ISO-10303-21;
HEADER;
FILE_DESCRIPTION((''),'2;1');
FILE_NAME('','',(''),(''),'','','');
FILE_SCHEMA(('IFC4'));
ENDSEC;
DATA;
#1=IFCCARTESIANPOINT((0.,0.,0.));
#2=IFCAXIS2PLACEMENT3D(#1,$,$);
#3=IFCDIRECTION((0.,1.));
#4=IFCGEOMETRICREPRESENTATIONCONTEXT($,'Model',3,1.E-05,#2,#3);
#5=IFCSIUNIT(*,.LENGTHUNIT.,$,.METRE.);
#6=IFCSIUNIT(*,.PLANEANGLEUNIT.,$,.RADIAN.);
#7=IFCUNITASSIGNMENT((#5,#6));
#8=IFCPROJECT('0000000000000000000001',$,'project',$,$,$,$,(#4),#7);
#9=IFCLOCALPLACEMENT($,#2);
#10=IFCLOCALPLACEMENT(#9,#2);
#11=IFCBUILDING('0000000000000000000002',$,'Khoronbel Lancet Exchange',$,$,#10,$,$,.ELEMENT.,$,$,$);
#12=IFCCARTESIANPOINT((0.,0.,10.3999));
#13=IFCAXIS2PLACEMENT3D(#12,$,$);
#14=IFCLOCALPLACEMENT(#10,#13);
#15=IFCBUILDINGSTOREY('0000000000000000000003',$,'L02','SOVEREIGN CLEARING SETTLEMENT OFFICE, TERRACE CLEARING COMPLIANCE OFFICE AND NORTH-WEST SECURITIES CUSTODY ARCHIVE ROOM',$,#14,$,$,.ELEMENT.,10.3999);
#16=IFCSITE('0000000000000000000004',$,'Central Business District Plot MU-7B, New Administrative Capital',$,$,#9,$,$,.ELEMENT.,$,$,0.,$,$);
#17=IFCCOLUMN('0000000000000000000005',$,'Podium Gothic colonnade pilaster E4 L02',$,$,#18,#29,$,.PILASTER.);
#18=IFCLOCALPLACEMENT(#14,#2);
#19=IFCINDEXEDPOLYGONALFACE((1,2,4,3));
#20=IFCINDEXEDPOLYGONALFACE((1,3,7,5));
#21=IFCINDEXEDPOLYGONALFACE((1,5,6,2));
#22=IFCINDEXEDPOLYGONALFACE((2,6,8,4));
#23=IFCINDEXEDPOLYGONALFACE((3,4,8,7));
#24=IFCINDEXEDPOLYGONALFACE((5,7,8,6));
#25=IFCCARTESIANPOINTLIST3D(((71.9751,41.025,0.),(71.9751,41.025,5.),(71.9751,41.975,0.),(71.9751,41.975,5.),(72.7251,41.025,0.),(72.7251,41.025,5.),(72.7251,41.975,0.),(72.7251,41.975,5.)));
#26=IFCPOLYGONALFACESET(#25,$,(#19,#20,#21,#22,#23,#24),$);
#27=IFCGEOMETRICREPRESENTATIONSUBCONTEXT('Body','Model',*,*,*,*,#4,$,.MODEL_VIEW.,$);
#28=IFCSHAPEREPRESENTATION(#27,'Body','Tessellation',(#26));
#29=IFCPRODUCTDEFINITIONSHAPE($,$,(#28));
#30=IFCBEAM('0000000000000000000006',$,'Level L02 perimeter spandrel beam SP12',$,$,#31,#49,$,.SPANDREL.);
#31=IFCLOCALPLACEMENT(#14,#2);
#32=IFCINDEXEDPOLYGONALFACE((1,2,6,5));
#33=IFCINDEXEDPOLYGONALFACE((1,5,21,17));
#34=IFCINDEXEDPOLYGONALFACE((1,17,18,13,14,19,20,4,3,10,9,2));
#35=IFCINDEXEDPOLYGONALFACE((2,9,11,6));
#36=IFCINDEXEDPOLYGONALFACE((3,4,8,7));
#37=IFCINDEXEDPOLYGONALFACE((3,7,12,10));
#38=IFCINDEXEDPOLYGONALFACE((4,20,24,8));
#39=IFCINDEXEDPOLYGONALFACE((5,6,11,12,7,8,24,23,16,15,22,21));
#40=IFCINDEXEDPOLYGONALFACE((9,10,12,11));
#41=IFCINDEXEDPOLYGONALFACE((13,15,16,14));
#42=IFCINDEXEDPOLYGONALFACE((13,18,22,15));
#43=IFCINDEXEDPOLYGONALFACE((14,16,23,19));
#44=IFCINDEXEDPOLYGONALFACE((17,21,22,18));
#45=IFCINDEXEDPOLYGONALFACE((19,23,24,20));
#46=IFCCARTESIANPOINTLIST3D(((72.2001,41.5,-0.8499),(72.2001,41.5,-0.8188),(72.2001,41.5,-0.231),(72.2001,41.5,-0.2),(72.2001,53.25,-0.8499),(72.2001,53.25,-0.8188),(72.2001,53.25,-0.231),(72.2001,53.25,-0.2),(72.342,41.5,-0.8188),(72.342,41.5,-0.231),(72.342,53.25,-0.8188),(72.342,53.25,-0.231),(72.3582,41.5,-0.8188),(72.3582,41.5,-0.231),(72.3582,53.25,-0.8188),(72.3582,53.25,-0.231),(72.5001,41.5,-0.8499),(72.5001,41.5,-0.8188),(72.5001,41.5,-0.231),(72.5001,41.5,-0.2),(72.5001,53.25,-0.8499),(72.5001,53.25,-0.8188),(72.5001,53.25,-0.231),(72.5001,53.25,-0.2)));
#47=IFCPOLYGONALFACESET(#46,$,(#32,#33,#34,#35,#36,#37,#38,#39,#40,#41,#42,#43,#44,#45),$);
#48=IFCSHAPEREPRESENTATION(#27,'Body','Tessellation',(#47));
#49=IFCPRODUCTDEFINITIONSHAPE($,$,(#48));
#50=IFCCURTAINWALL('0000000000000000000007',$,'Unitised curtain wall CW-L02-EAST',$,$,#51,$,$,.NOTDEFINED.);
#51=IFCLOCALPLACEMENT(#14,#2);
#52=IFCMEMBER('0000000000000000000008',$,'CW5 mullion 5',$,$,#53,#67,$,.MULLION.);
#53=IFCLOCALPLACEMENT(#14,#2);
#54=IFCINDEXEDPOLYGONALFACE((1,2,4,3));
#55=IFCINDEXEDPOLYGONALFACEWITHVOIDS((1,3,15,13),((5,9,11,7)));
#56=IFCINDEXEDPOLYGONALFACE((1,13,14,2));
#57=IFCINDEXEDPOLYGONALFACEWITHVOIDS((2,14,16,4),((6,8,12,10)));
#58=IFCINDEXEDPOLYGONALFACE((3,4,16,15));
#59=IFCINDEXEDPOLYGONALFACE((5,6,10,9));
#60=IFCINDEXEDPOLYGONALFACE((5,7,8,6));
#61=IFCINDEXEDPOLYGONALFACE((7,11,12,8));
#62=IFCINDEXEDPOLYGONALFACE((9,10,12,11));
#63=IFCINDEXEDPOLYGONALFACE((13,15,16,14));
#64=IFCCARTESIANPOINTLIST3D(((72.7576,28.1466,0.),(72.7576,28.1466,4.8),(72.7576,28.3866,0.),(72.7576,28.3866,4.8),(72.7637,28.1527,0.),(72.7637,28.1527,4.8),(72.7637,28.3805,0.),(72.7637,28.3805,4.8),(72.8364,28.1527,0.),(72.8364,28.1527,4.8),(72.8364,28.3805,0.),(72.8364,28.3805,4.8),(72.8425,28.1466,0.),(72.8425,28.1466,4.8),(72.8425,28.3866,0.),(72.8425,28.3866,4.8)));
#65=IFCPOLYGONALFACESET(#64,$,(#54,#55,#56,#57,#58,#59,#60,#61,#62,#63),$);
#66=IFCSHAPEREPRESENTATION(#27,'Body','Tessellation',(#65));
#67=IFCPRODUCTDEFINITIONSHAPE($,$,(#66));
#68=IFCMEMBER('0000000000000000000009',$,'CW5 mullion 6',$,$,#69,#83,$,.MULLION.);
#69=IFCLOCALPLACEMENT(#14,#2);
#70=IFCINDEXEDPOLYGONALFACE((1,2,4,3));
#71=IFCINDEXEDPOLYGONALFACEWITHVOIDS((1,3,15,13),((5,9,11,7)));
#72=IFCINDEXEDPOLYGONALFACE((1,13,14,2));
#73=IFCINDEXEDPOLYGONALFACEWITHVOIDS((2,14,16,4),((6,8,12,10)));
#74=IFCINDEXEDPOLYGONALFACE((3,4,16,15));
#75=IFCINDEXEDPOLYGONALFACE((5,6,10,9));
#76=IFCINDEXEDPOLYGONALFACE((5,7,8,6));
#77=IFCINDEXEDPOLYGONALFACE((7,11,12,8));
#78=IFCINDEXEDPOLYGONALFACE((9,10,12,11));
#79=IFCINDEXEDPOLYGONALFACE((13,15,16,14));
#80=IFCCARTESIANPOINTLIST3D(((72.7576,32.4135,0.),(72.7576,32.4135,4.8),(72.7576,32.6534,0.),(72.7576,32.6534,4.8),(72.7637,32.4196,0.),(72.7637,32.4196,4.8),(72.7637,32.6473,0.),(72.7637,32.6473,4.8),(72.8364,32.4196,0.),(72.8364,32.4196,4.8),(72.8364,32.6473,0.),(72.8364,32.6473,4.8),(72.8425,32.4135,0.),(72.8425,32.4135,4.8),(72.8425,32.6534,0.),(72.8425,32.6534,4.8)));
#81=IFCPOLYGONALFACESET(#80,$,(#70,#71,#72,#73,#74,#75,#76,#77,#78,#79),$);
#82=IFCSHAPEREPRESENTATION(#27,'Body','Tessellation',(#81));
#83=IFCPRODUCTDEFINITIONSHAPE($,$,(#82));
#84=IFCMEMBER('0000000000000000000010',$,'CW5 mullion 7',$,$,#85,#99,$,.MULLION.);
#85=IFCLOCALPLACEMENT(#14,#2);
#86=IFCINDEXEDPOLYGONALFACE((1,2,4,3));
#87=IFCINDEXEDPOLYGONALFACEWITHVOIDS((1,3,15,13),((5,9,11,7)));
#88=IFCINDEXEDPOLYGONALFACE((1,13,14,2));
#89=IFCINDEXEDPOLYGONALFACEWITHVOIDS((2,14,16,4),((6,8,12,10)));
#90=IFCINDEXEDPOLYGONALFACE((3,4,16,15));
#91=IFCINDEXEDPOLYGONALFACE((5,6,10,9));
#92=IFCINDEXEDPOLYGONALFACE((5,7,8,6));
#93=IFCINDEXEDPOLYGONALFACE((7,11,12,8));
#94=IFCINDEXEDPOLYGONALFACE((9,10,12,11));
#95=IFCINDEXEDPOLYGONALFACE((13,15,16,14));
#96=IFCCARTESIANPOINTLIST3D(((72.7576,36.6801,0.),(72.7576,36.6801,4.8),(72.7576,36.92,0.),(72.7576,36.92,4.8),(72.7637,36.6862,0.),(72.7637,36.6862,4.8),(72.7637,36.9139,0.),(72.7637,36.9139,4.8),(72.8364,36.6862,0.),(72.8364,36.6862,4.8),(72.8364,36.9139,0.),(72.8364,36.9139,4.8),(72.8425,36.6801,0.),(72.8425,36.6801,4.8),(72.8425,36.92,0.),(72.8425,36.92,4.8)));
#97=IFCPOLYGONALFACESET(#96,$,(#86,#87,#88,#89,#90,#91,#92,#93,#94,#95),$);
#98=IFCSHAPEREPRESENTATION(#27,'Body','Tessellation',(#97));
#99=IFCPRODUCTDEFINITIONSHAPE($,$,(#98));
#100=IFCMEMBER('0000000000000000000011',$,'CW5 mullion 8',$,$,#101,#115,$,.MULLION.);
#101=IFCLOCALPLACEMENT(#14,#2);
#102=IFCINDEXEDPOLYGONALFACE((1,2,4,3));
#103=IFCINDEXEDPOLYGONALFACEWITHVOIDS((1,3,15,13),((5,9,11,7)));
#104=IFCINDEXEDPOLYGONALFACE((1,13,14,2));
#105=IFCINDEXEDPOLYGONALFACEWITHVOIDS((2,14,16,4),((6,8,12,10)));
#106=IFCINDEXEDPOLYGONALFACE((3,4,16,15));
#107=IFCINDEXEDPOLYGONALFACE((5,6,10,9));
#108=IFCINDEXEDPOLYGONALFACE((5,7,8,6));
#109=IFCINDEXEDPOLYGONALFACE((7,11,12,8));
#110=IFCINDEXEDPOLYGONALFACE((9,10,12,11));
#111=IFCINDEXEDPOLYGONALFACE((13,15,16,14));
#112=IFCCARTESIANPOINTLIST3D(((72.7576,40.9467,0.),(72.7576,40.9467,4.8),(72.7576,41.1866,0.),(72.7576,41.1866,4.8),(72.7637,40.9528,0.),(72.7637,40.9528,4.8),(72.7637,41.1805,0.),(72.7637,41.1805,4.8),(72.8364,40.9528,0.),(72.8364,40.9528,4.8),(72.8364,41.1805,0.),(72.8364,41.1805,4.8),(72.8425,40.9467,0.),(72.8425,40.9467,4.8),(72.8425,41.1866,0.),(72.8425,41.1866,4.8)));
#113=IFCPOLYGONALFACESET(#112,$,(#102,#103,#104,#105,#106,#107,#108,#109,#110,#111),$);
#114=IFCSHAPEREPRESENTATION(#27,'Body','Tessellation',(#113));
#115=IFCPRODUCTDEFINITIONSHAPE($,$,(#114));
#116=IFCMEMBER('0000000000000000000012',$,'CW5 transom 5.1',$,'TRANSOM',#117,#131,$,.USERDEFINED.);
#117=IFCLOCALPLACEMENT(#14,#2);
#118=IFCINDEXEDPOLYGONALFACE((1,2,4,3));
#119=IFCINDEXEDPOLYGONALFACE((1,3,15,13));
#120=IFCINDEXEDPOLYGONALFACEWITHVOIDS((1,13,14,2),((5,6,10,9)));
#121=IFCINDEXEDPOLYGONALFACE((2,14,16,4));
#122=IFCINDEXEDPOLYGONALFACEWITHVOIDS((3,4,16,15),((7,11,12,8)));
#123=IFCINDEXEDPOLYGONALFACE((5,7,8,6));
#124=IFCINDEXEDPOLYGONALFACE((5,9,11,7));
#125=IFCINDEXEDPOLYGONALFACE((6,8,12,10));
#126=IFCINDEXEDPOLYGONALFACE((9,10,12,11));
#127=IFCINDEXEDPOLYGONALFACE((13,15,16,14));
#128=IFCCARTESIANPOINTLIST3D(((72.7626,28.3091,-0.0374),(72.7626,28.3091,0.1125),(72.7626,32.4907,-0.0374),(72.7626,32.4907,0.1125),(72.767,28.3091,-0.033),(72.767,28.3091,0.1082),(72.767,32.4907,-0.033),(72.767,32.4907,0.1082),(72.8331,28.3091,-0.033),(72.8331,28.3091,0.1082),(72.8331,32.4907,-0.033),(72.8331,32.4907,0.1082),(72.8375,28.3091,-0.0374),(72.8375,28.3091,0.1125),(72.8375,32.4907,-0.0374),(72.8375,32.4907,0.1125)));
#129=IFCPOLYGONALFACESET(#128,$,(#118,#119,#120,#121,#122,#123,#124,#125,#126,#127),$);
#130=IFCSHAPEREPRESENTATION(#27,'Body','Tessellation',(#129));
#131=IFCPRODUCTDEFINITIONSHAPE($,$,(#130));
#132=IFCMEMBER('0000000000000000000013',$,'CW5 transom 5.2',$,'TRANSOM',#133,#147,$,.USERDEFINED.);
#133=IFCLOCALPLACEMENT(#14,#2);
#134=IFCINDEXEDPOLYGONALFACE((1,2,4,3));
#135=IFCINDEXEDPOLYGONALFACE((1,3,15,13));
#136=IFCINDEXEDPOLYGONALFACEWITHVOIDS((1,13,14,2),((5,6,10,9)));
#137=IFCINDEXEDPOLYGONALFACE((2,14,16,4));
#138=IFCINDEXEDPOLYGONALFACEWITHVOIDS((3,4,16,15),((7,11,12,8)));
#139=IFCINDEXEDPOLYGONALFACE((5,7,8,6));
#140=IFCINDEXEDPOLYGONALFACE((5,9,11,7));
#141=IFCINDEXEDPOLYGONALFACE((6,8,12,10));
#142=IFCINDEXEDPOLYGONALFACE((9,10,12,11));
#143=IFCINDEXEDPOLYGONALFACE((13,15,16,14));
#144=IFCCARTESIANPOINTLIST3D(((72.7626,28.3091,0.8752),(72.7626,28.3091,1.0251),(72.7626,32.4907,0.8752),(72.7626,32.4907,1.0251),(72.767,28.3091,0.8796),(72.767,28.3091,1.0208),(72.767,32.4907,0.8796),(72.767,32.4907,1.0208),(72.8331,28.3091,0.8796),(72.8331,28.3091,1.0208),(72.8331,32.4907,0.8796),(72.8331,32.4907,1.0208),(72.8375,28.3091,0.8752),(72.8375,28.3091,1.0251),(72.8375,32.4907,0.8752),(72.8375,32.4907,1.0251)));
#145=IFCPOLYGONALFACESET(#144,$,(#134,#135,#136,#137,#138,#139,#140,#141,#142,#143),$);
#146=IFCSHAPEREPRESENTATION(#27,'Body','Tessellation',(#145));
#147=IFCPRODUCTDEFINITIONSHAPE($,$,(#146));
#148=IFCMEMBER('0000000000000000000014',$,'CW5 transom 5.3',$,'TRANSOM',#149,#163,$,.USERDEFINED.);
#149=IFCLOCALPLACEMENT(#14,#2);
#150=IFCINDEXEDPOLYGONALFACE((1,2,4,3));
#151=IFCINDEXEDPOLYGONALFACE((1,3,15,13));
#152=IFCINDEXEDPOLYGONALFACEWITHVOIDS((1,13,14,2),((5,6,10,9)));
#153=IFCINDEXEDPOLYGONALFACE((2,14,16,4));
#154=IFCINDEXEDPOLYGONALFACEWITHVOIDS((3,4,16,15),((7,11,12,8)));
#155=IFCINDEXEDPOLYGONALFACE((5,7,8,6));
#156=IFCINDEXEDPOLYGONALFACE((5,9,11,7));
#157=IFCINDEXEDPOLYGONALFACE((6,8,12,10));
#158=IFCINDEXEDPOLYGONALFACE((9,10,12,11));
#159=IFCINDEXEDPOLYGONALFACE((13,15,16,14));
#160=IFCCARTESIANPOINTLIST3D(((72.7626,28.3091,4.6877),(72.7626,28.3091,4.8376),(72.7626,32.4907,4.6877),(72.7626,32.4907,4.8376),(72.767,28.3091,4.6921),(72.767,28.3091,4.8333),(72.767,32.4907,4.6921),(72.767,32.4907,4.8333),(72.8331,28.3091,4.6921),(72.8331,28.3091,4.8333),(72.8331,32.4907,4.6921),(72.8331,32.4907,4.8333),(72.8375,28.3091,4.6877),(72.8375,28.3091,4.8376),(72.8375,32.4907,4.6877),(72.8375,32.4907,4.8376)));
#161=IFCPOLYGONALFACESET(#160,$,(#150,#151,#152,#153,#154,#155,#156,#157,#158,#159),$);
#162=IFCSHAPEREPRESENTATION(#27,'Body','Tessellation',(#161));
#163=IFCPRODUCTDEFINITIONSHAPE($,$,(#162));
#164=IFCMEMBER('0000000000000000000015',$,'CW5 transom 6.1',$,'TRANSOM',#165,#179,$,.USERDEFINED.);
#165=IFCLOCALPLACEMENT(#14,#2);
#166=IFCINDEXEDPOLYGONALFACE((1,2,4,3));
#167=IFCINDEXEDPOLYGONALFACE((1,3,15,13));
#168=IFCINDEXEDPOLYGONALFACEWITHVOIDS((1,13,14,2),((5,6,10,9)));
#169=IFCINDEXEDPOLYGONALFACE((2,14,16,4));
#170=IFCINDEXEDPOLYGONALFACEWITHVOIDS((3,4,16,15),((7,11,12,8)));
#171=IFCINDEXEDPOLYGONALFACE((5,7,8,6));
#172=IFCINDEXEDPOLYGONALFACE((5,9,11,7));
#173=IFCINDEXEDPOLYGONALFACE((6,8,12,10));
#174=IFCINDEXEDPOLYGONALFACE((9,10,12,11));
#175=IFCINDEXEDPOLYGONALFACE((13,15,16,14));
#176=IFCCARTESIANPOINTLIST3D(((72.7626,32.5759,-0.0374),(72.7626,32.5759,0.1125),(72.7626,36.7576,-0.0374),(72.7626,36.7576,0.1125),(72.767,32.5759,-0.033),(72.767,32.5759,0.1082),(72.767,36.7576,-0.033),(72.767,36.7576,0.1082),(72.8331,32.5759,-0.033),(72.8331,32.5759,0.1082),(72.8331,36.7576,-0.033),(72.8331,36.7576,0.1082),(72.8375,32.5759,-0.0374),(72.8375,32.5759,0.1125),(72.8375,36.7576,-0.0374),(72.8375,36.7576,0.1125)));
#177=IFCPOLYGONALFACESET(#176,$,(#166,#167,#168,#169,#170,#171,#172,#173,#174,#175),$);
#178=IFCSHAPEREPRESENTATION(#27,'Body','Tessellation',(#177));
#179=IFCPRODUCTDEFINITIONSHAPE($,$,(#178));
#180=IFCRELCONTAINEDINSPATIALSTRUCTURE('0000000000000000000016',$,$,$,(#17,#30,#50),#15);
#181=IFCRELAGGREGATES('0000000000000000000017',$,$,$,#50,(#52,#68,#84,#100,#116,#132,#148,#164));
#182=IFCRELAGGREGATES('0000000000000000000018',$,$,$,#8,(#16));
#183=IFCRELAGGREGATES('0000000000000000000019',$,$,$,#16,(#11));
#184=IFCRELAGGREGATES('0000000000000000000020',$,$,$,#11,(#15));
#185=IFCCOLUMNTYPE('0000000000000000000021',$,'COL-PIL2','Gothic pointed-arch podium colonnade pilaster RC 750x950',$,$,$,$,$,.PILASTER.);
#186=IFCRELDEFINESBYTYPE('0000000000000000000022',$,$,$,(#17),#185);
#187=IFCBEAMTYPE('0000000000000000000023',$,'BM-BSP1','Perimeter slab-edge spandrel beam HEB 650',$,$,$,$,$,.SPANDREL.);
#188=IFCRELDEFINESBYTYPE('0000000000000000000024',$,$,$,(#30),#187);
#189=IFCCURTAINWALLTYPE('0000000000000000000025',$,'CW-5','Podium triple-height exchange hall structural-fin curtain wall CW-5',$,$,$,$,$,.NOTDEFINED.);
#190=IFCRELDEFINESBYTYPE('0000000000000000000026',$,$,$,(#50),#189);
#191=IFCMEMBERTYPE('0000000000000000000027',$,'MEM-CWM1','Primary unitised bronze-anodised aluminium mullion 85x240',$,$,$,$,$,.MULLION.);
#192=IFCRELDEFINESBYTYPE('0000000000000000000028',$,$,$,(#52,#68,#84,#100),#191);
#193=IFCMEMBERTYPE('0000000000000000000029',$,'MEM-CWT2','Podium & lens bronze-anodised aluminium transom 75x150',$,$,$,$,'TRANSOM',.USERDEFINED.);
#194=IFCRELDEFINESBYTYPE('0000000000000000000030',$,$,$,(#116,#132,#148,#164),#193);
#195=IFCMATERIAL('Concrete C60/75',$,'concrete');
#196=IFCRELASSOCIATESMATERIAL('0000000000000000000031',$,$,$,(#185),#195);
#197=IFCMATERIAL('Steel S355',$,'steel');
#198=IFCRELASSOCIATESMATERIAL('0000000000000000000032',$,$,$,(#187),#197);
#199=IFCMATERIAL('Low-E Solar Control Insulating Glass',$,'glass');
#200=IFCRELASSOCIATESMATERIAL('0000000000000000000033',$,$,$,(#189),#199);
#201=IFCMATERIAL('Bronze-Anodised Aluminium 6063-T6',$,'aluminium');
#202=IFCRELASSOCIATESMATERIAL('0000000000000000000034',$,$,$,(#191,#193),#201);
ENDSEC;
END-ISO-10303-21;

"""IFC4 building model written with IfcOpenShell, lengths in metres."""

from ifc_helpers import new_model, si_unit, direction, frame, origin, origin_2d, place, context, subcontext, project, spatial, rectangle, hollow_rectangle, i_section, extrude, material, material_profile, profile_set, type_object, element, aggregate, save


model = new_model("IFC4")

# Units and contexts
model_context = context("Model", 3, precision=1e-05, world=origin(), true_north=direction((0.0, 1.0)))
body_context = subcontext(model_context, "Body", "Model", "MODEL_VIEW")
ifc_project = project(units=[si_unit("LENGTHUNIT", "METRE"), si_unit("PLANEANGLEUNIT", "RADIAN")], contexts=[model_context])

# Site, building, storey
site_placement = place(None, origin())
site = spatial("IfcSite", under=ifc_project, at=site_placement, Name="Central Business District Plot MU-7B, New Administrative Capital", CompositionType="ELEMENT", RefElevation=0.0)
building_placement = place(site_placement, origin())
building = spatial("IfcBuilding", under=site, at=building_placement, Name="Khoronbel Lancet Exchange", CompositionType="ELEMENT")
storey_placement = place(building_placement, frame((0.0, 0.0, 10.3999)))
storey = spatial("IfcBuildingStorey", under=building, at=storey_placement, Name="L02", Description="SOVEREIGN CLEARING SETTLEMENT OFFICE, TERRACE CLEARING COMPLIANCE OFFICE AND NORTH-WEST SECURITIES CUSTODY ARCHIVE ROOM", CompositionType="ELEMENT", Elevation=10.3999)

# Column
ifc_material_1 = material(Name="Concrete C60/75", Category="concrete")
ifc_material_profile_1 = material_profile(ifc_material_1, rectangle(XDim=0.75, YDim=0.95, at=origin_2d()), Name="RC 750x950")
ifc_profile_set_1 = profile_set([ifc_material_profile_1], Name="Concrete C60/75")
column_type = type_object("IfcColumnType", Name="COL-PIL2", Description="Gothic pointed-arch podium colonnade pilaster RC 750x950", PredefinedType="PILASTER", material=ifc_profile_set_1)
column_placement = place(storey_placement, frame((72.3501, 41.5, 0.0), z_axis=(0.0, 0.0, 1.0), x_axis=(1.0, 0.0, 0.0)))
element("IfcColumn", 1, at=column_placement, inside=storey, type_object=column_type, Name="Podium Gothic colonnade pilaster E4 L02", PredefinedType="PILASTER", context=body_context, shape_type="SweptSolid", body=[
    extrude(rectangle(XDim=0.75, YDim=0.95, at=origin_2d()), origin(), (0.0, 0.0, 1.0), 5.0),
])

# Beam
ifc_material_2 = material(Name="Steel S355", Category="steel")
ifc_material_profile_2 = material_profile(ifc_material_2, i_section(OverallWidth=0.3, OverallDepth=0.6499, WebThickness=0.0161, FlangeThickness=0.031, at=origin_2d()), Name="HEB 650")
ifc_profile_set_2 = profile_set([ifc_material_profile_2], Name="Steel S355")
beam_type = type_object("IfcBeamType", Name="BM-BSP1", Description="Perimeter slab-edge spandrel beam HEB 650", PredefinedType="SPANDREL", material=ifc_profile_set_2)
beam_placement = place(storey_placement, frame((72.3501, 41.5, -0.5249), z_axis=(0.0, 1.0, 0.0), x_axis=(-1.0, 0.0, 0.0)))
element("IfcBeam", 2, at=beam_placement, inside=storey, type_object=beam_type, Name="Level L02 perimeter spandrel beam SP12", PredefinedType="SPANDREL", context=body_context, shape_type="SweptSolid", body=[
    extrude(i_section(OverallWidth=0.3, OverallDepth=0.6499, WebThickness=0.0161, FlangeThickness=0.031, at=origin_2d()), origin(), (0.0, 0.0, 1.0), 11.75),
])

# Curtain wall, members
ifc_material_3 = material(Name="Low-E Solar Control Insulating Glass", Category="glass")
curtain_wall_type = type_object("IfcCurtainWallType", Name="CW-5", Description="Podium triple-height exchange hall structural-fin curtain wall CW-5", PredefinedType="NOTDEFINED", material=ifc_material_3)
curtain_wall_placement = place(storey_placement, origin())
curtain_wall = element("IfcCurtainWall", 3, at=curtain_wall_placement, inside=storey, type_object=curtain_wall_type, Name="Unitised curtain wall CW-L02-EAST", PredefinedType="NOTDEFINED")
ifc_material_4 = material(Name="Bronze-Anodised Aluminium 6063-T6", Category="aluminium")
ifc_material_profile_3 = material_profile(ifc_material_4, hollow_rectangle(XDim=0.085, YDim=0.24, WallThickness=0.0061, at=origin_2d()), Name="ALU MULLION 85x240")
ifc_profile_set_3 = profile_set([ifc_material_profile_3], Name="Bronze-Anodised Aluminium 6063-T6")
member_type_1 = type_object("IfcMemberType", Name="MEM-CWM1", Description="Primary unitised bronze-anodised aluminium mullion 85x240", PredefinedType="MULLION", material=ifc_profile_set_3)
member_1_placement = place(storey_placement, frame((72.8, 28.2666, 0.0), z_axis=(0.0, 0.0, 1.0), x_axis=(-1.0, 0.0, 0.0)))
member_1 = element("IfcMember", 4, at=member_1_placement, type_object=member_type_1, Name="CW5 mullion 5", PredefinedType="MULLION", context=body_context, shape_type="SweptSolid", body=[
    extrude(hollow_rectangle(XDim=0.085, YDim=0.24, WallThickness=0.0061, at=origin_2d()), origin(), (0.0, 0.0, 1.0), 4.8),
])
member_2_placement = place(storey_placement, frame((72.8, 32.5334, 0.0), z_axis=(0.0, 0.0, 1.0), x_axis=(-1.0, 0.0, 0.0)))
member_2 = element("IfcMember", 5, at=member_2_placement, type_object=member_type_1, Name="CW5 mullion 6", PredefinedType="MULLION", context=body_context, shape_type="SweptSolid", body=[
    extrude(hollow_rectangle(XDim=0.085, YDim=0.24, WallThickness=0.0061, at=origin_2d()), origin(), (0.0, 0.0, 1.0), 4.8),
])
member_3_placement = place(storey_placement, frame((72.8, 36.8, 0.0), z_axis=(0.0, 0.0, 1.0), x_axis=(-1.0, 0.0, 0.0)))
member_3 = element("IfcMember", 6, at=member_3_placement, type_object=member_type_1, Name="CW5 mullion 7", PredefinedType="MULLION", context=body_context, shape_type="SweptSolid", body=[
    extrude(hollow_rectangle(XDim=0.085, YDim=0.24, WallThickness=0.0061, at=origin_2d()), origin(), (0.0, 0.0, 1.0), 4.8),
])
member_4_placement = place(storey_placement, frame((72.8, 41.0667, 0.0), z_axis=(0.0, 0.0, 1.0), x_axis=(-1.0, 0.0, 0.0)))
member_4 = element("IfcMember", 7, at=member_4_placement, type_object=member_type_1, Name="CW5 mullion 8", PredefinedType="MULLION", context=body_context, shape_type="SweptSolid", body=[
    extrude(hollow_rectangle(XDim=0.085, YDim=0.24, WallThickness=0.0061, at=origin_2d()), origin(), (0.0, 0.0, 1.0), 4.8),
])
ifc_material_profile_4 = material_profile(ifc_material_4, hollow_rectangle(XDim=0.075, YDim=0.1499, WallThickness=0.0044, at=origin_2d()), Name="ALU TRANSOM 75x150")
ifc_profile_set_4 = profile_set([ifc_material_profile_4], Name="Bronze-Anodised Aluminium 6063-T6")
member_type_2 = type_object("IfcMemberType", Name="MEM-CWT2", Description="Podium & lens bronze-anodised aluminium transom 75x150", ElementType="TRANSOM", PredefinedType="USERDEFINED", material=ifc_profile_set_4)
member_5_placement = place(storey_placement, frame((72.8, 28.3091, 0.0376), z_axis=(0.0, 1.0, 0.0), x_axis=(-1.0, 0.0, 0.0)))
member_5 = element("IfcMember", 8, at=member_5_placement, type_object=member_type_2, Name="CW5 transom 5.1", ObjectType="TRANSOM", PredefinedType="USERDEFINED", context=body_context, shape_type="SweptSolid", body=[
    extrude(hollow_rectangle(XDim=0.075, YDim=0.1499, WallThickness=0.0044, at=origin_2d()), origin(), (0.0, 0.0, 1.0), 4.1816),
])
member_6_placement = place(storey_placement, frame((72.8, 28.3091, 0.9502), z_axis=(0.0, 1.0, 0.0), x_axis=(-1.0, 0.0, 0.0)))
member_6 = element("IfcMember", 9, at=member_6_placement, type_object=member_type_2, Name="CW5 transom 5.2", ObjectType="TRANSOM", PredefinedType="USERDEFINED", context=body_context, shape_type="SweptSolid", body=[
    extrude(hollow_rectangle(XDim=0.075, YDim=0.1499, WallThickness=0.0044, at=origin_2d()), origin(), (0.0, 0.0, 1.0), 4.1816),
])
member_7_placement = place(storey_placement, frame((72.8, 28.3091, 4.7627), z_axis=(0.0, 1.0, 0.0), x_axis=(-1.0, 0.0, 0.0)))
member_7 = element("IfcMember", 10, at=member_7_placement, type_object=member_type_2, Name="CW5 transom 5.3", ObjectType="TRANSOM", PredefinedType="USERDEFINED", context=body_context, shape_type="SweptSolid", body=[
    extrude(hollow_rectangle(XDim=0.075, YDim=0.1499, WallThickness=0.0044, at=origin_2d()), origin(), (0.0, 0.0, 1.0), 4.1816),
])
member_8_placement = place(storey_placement, frame((72.8, 32.5759, 0.0376), z_axis=(0.0, 1.0, 0.0), x_axis=(-1.0, 0.0, 0.0)))
member_8 = element("IfcMember", 11, at=member_8_placement, type_object=member_type_2, Name="CW5 transom 6.1", ObjectType="TRANSOM", PredefinedType="USERDEFINED", context=body_context, shape_type="SweptSolid", body=[
    extrude(hollow_rectangle(XDim=0.075, YDim=0.1499, WallThickness=0.0044, at=origin_2d()), origin(), (0.0, 0.0, 1.0), 4.1816),
])
aggregate(curtain_wall, [member_1, member_2, member_3, member_4, member_5, member_6, member_7, member_8])

save(model, "model.ifc")
